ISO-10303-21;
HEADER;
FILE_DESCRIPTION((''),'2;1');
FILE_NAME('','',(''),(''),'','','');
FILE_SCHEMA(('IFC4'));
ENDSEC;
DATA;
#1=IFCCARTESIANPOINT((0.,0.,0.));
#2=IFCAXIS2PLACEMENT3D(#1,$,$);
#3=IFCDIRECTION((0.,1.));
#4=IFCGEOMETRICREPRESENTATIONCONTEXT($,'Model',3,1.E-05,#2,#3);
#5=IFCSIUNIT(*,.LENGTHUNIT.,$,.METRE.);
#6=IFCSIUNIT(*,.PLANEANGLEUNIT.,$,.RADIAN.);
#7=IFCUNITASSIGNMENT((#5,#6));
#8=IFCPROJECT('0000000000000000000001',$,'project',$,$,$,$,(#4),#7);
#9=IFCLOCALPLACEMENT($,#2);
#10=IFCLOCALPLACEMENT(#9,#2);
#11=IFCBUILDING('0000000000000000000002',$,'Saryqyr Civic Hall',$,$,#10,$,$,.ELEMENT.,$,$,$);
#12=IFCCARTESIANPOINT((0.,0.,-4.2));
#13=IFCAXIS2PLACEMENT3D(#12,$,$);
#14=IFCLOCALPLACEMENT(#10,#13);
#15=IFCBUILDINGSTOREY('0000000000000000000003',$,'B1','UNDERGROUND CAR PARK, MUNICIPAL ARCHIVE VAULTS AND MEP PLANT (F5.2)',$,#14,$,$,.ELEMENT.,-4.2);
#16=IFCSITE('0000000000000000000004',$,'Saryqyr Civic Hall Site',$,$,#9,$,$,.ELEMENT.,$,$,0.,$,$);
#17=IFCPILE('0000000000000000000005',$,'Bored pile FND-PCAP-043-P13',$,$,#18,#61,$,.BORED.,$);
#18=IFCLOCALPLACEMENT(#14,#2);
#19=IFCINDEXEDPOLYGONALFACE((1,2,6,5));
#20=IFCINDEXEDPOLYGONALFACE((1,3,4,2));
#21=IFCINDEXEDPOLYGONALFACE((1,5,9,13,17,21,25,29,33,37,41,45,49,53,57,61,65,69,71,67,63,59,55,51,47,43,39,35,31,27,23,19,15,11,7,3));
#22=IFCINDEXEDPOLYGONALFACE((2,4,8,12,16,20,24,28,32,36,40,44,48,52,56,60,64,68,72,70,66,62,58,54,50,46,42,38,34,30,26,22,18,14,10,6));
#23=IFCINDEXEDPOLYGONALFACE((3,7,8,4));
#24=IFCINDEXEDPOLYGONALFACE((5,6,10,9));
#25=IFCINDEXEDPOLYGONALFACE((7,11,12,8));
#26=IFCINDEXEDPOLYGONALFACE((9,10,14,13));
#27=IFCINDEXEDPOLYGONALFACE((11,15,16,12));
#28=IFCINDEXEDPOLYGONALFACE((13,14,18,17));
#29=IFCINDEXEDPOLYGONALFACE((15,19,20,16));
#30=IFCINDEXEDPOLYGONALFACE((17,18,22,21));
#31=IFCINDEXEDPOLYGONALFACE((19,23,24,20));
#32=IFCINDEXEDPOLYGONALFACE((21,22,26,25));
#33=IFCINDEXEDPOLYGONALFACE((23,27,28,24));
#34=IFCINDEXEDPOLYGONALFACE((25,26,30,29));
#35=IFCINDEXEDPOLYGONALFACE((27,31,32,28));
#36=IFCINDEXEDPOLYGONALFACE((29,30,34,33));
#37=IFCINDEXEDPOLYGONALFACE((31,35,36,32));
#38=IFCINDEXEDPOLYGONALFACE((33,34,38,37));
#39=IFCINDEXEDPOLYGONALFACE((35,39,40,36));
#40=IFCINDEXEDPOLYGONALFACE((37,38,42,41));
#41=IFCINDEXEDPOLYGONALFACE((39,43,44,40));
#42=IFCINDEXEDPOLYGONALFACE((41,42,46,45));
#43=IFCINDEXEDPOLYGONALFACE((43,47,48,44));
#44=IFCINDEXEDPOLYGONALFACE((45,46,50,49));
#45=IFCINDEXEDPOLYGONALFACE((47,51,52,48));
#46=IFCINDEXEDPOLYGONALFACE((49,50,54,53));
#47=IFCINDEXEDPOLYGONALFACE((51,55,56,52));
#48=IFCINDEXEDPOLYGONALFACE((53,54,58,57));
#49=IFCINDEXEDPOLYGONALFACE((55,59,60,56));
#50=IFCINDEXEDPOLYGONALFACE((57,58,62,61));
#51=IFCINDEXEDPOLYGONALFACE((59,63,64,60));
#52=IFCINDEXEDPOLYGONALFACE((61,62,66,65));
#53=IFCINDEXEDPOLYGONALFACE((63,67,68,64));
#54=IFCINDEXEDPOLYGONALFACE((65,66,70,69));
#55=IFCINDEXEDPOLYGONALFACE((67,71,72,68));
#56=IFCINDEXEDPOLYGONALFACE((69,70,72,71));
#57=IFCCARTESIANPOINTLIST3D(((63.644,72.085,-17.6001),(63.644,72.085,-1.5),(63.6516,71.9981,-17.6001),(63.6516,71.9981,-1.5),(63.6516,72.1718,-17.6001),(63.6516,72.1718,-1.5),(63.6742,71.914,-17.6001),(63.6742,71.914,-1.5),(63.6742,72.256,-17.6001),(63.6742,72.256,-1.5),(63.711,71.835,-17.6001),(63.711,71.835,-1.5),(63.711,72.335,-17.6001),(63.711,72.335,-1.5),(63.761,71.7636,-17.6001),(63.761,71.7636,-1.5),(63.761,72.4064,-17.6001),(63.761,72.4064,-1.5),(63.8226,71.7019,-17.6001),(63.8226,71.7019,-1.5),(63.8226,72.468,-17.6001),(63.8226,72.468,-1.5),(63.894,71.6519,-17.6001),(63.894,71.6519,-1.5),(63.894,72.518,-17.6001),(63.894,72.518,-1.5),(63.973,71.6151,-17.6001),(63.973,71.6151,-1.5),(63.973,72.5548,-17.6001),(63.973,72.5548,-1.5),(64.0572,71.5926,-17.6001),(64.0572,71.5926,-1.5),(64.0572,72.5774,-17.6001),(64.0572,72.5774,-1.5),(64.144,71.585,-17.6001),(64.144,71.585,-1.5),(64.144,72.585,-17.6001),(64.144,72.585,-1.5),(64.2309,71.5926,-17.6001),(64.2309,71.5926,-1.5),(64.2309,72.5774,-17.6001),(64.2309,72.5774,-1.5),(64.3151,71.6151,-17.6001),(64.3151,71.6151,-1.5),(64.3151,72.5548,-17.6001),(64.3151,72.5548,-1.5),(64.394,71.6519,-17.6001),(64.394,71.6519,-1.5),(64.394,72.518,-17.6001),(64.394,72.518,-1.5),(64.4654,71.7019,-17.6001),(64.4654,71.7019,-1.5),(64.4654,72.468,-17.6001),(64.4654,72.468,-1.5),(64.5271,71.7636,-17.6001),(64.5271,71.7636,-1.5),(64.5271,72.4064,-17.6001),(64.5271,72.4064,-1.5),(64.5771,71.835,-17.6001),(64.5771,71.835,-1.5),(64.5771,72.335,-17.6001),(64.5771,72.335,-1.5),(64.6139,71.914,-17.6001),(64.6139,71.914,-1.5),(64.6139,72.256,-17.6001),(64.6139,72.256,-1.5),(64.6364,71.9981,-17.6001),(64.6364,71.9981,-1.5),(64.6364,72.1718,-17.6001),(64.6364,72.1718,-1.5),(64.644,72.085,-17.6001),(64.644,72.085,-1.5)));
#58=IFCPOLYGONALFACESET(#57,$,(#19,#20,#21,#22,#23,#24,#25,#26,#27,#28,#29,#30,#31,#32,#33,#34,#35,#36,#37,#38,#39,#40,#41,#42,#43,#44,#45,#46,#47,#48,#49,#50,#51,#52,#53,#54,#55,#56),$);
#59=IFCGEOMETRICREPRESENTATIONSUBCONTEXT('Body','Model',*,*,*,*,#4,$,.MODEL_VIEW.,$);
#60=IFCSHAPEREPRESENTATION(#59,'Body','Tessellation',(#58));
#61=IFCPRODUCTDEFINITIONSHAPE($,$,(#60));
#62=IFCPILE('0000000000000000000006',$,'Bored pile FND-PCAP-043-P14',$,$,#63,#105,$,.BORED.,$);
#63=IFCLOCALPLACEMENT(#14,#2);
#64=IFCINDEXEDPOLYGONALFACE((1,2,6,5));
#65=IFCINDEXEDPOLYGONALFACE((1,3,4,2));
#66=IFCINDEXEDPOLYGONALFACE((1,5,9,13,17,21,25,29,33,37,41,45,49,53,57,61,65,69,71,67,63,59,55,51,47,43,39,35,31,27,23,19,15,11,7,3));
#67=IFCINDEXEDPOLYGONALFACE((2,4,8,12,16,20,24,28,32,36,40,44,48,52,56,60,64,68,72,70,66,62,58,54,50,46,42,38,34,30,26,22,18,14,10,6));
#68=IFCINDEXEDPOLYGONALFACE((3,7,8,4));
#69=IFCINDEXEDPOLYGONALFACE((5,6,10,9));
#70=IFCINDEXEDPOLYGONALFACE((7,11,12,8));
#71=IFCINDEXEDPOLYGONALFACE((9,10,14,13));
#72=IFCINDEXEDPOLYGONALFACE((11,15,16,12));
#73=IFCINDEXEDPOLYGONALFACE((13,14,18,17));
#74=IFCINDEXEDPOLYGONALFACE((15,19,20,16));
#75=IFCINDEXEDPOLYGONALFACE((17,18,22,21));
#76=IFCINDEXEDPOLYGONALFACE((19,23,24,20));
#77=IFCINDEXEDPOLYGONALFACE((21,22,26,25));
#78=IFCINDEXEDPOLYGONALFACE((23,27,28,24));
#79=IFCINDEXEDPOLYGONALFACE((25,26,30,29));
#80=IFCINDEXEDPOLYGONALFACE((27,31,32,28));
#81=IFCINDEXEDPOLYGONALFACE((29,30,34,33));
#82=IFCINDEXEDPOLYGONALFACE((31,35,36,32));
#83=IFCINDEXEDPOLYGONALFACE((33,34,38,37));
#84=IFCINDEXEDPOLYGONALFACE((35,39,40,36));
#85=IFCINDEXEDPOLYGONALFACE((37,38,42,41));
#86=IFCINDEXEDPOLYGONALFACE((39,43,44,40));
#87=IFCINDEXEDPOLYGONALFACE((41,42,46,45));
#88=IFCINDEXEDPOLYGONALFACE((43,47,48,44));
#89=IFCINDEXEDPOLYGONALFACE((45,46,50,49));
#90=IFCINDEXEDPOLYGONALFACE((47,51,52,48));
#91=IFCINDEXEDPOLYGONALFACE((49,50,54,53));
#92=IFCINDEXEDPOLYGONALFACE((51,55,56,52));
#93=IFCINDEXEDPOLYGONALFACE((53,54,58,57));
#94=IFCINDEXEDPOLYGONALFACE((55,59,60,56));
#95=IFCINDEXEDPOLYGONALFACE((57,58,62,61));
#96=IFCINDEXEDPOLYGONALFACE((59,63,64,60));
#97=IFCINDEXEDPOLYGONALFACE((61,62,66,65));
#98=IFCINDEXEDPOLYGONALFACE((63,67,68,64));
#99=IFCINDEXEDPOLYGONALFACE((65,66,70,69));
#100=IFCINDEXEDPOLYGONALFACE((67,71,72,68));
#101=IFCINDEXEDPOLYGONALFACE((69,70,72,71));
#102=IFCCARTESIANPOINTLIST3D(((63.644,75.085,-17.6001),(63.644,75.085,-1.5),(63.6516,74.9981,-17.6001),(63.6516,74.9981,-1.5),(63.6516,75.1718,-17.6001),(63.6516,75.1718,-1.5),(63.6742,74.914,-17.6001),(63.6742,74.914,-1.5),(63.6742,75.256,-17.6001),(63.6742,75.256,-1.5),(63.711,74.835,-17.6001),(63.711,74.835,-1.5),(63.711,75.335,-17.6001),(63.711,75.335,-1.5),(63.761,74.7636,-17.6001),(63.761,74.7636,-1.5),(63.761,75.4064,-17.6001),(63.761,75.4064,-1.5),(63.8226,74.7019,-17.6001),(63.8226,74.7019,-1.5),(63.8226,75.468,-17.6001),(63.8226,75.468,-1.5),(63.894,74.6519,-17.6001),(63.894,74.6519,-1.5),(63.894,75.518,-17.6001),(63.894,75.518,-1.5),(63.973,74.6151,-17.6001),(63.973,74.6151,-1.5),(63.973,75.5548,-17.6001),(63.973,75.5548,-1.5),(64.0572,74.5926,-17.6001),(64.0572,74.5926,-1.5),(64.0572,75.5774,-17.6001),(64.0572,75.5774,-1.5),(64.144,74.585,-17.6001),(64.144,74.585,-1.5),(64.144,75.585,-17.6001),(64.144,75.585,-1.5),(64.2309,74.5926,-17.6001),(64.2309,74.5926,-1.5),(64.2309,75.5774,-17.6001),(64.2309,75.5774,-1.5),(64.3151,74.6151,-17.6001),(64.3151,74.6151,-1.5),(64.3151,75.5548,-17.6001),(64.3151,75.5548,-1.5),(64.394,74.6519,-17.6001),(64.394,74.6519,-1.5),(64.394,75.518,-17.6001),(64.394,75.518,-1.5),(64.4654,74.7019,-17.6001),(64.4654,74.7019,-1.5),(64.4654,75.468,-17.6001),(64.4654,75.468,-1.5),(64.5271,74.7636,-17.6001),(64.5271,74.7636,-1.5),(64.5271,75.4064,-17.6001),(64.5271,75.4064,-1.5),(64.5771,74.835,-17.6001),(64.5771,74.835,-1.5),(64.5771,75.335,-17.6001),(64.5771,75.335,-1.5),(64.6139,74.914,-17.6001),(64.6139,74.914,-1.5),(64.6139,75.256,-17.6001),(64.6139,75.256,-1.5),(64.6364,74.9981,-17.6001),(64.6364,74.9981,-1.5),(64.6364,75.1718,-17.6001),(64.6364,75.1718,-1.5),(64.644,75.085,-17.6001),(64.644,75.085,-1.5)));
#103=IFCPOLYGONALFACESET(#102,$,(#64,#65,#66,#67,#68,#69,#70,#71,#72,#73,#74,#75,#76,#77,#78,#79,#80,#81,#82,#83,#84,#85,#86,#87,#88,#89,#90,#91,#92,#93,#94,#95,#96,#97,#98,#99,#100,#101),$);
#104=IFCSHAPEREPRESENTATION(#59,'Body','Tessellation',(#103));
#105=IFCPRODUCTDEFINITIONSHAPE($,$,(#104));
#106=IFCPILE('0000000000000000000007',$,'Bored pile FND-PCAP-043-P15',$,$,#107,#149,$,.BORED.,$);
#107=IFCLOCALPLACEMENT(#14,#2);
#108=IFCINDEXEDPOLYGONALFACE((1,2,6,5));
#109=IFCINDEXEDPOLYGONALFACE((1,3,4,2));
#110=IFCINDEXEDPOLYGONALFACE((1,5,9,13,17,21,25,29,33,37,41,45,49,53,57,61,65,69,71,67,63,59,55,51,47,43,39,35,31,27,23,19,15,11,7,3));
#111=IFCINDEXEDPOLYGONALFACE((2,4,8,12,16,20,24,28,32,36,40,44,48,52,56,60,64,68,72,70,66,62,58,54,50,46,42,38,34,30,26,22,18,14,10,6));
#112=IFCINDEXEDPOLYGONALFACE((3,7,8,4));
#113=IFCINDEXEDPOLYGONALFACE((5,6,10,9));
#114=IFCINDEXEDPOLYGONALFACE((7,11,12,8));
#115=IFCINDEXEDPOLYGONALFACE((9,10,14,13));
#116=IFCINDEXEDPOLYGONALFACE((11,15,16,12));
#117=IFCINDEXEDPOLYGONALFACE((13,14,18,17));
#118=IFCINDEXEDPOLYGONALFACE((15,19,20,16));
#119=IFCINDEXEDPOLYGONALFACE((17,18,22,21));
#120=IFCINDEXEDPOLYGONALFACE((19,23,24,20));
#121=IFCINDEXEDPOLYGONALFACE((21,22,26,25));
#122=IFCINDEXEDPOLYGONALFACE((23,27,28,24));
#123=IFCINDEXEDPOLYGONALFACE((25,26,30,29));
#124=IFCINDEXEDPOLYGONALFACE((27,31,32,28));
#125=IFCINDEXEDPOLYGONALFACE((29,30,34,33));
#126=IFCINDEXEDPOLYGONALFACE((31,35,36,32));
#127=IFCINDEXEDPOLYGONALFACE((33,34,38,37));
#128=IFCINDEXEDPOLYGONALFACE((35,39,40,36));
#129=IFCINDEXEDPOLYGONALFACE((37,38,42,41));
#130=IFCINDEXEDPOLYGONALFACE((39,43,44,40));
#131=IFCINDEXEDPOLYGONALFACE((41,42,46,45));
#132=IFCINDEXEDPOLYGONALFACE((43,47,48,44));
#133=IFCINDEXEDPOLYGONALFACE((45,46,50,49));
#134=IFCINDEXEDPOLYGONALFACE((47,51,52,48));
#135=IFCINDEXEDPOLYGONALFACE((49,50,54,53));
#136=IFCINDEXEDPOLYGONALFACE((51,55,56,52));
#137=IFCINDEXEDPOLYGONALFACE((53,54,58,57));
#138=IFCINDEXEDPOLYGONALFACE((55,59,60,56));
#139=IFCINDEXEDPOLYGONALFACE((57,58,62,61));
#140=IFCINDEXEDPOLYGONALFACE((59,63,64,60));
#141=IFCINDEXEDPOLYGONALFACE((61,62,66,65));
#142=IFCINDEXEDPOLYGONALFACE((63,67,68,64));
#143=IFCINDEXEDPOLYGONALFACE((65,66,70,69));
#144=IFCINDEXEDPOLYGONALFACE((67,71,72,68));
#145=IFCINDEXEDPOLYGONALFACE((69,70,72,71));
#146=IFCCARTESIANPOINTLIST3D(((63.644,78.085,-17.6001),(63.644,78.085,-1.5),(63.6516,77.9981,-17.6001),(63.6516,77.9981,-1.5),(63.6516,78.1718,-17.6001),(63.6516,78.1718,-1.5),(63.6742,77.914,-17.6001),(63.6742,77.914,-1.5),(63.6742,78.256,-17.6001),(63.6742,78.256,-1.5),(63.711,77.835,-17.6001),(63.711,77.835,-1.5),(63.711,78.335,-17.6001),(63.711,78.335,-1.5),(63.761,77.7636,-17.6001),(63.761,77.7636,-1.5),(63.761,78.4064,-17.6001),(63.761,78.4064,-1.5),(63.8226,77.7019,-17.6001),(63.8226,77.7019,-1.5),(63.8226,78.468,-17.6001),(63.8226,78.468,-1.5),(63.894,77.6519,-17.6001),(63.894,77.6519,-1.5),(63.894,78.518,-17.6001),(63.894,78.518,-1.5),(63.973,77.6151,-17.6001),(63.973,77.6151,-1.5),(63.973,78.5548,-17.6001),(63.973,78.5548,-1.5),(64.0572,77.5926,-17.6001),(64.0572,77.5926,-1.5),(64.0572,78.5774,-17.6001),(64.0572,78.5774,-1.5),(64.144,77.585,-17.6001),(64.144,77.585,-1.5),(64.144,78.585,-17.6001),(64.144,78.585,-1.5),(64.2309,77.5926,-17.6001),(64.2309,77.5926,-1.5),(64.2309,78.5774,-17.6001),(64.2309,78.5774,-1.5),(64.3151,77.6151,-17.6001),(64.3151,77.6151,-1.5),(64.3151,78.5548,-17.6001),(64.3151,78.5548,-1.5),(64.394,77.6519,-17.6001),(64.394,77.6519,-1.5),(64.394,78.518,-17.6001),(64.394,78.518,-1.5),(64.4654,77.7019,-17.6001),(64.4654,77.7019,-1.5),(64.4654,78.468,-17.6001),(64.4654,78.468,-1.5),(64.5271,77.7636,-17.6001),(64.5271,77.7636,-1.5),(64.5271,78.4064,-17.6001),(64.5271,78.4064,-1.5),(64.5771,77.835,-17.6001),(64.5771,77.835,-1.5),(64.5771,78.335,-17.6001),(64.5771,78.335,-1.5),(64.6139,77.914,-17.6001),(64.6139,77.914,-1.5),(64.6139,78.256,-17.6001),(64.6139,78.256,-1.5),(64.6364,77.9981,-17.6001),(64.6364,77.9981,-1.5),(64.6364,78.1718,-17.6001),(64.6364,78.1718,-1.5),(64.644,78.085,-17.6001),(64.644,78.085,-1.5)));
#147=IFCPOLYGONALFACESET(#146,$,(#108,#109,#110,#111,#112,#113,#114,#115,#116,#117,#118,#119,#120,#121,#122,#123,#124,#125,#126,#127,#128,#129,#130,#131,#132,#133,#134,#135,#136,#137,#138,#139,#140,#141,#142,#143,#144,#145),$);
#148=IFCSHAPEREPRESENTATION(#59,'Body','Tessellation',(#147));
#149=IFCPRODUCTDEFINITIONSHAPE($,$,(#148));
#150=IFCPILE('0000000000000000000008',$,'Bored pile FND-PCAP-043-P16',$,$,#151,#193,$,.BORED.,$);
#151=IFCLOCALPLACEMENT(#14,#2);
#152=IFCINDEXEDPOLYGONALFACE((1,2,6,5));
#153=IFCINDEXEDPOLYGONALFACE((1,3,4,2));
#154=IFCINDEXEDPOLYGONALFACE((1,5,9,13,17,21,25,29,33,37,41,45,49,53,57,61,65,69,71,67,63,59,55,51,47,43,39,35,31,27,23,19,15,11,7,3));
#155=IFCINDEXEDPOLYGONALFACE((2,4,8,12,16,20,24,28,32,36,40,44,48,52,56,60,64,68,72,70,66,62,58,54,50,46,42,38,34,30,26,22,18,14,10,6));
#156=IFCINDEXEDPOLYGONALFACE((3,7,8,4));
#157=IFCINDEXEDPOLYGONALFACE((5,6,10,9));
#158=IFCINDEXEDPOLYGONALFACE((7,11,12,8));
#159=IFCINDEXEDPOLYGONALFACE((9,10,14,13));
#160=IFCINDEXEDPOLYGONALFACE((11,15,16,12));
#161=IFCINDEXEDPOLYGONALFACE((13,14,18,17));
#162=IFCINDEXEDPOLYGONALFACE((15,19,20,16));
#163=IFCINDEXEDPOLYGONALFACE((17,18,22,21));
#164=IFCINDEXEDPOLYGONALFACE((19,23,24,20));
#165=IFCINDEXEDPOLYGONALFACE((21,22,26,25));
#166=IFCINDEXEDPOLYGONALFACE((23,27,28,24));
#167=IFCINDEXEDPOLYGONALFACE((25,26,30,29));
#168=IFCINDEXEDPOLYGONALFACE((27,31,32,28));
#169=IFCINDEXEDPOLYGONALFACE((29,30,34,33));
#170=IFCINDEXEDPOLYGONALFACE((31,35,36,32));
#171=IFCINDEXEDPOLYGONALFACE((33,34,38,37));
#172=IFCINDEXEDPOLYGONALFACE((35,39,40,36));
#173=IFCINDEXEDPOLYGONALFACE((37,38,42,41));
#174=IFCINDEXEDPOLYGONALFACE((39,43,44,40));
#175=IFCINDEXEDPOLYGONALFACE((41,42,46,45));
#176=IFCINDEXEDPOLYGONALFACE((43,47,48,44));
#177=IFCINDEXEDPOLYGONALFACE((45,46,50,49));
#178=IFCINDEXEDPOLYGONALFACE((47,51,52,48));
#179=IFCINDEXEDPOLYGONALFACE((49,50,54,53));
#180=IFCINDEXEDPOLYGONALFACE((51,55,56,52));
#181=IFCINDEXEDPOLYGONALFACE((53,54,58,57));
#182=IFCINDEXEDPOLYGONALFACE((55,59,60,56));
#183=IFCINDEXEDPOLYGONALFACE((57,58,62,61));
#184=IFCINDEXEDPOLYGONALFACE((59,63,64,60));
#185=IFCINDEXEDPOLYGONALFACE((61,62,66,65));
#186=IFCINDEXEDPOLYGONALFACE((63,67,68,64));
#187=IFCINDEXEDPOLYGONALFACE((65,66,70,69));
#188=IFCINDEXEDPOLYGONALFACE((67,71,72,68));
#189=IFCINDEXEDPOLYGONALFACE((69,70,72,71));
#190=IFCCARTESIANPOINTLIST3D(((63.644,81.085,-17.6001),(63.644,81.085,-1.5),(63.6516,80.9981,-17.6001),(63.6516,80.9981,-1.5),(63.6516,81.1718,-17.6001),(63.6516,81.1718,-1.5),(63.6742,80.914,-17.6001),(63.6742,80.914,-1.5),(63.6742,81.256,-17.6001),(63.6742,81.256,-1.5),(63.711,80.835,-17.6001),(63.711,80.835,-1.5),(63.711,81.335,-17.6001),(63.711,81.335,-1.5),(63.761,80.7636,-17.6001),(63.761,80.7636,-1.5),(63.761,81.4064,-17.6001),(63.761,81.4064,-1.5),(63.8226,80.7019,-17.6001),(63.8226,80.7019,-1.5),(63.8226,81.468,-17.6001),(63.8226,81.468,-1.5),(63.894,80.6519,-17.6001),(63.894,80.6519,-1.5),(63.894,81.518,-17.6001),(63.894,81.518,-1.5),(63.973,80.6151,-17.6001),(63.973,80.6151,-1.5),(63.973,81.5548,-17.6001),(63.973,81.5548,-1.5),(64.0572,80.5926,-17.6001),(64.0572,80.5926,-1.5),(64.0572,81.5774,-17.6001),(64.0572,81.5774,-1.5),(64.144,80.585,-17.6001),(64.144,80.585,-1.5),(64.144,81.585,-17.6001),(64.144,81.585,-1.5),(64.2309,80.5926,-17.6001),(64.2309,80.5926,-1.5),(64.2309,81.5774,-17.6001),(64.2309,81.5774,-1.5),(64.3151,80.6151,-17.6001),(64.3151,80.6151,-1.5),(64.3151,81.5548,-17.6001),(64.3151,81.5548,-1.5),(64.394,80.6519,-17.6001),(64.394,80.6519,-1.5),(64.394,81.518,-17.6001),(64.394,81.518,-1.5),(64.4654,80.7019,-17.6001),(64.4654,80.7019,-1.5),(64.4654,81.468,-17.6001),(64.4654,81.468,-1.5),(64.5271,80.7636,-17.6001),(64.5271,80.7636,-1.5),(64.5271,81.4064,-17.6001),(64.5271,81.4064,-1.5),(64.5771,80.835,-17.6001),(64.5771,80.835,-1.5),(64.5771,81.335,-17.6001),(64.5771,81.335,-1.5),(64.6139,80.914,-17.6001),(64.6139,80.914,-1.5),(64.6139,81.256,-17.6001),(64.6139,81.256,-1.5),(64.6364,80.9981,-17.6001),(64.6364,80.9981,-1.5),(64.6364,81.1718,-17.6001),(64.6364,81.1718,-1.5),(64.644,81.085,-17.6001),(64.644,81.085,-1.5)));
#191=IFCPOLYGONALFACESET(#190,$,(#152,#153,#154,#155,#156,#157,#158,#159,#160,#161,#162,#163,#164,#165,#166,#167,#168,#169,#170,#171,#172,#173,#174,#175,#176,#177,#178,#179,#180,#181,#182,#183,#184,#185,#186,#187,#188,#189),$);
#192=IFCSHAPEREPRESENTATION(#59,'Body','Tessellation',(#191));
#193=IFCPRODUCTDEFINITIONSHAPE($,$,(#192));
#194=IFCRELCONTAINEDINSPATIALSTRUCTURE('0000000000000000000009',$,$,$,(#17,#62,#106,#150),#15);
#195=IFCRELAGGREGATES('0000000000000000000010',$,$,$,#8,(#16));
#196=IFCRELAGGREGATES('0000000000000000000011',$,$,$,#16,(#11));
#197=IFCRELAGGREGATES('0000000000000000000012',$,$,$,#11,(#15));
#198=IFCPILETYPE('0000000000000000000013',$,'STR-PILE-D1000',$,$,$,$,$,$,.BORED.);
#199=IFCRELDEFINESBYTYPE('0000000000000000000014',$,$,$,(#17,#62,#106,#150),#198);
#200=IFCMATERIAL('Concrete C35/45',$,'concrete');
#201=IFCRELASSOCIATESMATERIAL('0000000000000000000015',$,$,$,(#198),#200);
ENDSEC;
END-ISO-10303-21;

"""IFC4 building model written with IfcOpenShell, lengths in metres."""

from ifc_helpers import new_model, si_unit, direction, frame, origin, origin_2d, place, context, subcontext, project, spatial, circle, extrude, material, material_profile, profile_set, type_object, element, save


model = new_model("IFC4")

# Units and contexts
model_context = context("Model", 3, precision=1e-05, world=origin(), true_north=direction((0.0, 1.0)))
body_context = subcontext(model_context, "Body", "Model", "MODEL_VIEW")
ifc_project = project(units=[si_unit("LENGTHUNIT", "METRE"), si_unit("PLANEANGLEUNIT", "RADIAN")], contexts=[model_context])

# Site, building, storey
site_placement = place(None, origin())
site = spatial("IfcSite", under=ifc_project, at=site_placement, Name="Saryqyr Civic Hall Site", CompositionType="ELEMENT", RefElevation=0.0)
building_placement = place(site_placement, origin())
building = spatial("IfcBuilding", under=site, at=building_placement, Name="Saryqyr Civic Hall", CompositionType="ELEMENT")
storey_placement = place(building_placement, frame((0.0, 0.0, -4.2)))
storey = spatial("IfcBuildingStorey", under=building, at=storey_placement, Name="B1", Description="UNDERGROUND CAR PARK, MUNICIPAL ARCHIVE VAULTS AND MEP PLANT (F5.2)", CompositionType="ELEMENT", Elevation=-4.2)

# Piles
ifc_material_1 = material(Name="Concrete C35/45", Category="concrete")
ifc_material_profile_1 = material_profile(ifc_material_1, circle(Radius=0.5, at=origin_2d()), Name="BORED PILE D1000")
ifc_profile_set_1 = profile_set([ifc_material_profile_1], Name="Concrete C35/45")
pile_type = type_object("IfcPileType", Name="STR-PILE-D1000", PredefinedType="BORED", material=ifc_profile_set_1)
for number, where, z_axis, x_axis, name in (
    (1, (64.144, 72.085, -1.5), (0.0, 0.0, -1.0), (1.0, 0.0, 0.0), "Bored pile FND-PCAP-043-P13"),
    (2, (64.144, 75.085, -1.5), (0.0, 0.0, -1.0), (1.0, 0.0, 0.0), "Bored pile FND-PCAP-043-P14"),
    (3, (64.144, 78.085, -1.5), (0.0, 0.0, -1.0), (1.0, 0.0, 0.0), "Bored pile FND-PCAP-043-P15"),
    (4, (64.144, 81.085, -1.5), (0.0, 0.0, -1.0), (1.0, 0.0, 0.0), "Bored pile FND-PCAP-043-P16"),
):
    element("IfcPile", number, at=place(storey_placement, frame(where, z_axis=z_axis, x_axis=x_axis)), inside=storey, type_object=pile_type, Name=name, PredefinedType="BORED", context=body_context, shape_type="SweptSolid", body=[
        extrude(circle(Radius=0.5, at=origin_2d()), origin(), (0.0, 0.0, 1.0), 16.1001),
    ])

save(model, "model.ifc")
